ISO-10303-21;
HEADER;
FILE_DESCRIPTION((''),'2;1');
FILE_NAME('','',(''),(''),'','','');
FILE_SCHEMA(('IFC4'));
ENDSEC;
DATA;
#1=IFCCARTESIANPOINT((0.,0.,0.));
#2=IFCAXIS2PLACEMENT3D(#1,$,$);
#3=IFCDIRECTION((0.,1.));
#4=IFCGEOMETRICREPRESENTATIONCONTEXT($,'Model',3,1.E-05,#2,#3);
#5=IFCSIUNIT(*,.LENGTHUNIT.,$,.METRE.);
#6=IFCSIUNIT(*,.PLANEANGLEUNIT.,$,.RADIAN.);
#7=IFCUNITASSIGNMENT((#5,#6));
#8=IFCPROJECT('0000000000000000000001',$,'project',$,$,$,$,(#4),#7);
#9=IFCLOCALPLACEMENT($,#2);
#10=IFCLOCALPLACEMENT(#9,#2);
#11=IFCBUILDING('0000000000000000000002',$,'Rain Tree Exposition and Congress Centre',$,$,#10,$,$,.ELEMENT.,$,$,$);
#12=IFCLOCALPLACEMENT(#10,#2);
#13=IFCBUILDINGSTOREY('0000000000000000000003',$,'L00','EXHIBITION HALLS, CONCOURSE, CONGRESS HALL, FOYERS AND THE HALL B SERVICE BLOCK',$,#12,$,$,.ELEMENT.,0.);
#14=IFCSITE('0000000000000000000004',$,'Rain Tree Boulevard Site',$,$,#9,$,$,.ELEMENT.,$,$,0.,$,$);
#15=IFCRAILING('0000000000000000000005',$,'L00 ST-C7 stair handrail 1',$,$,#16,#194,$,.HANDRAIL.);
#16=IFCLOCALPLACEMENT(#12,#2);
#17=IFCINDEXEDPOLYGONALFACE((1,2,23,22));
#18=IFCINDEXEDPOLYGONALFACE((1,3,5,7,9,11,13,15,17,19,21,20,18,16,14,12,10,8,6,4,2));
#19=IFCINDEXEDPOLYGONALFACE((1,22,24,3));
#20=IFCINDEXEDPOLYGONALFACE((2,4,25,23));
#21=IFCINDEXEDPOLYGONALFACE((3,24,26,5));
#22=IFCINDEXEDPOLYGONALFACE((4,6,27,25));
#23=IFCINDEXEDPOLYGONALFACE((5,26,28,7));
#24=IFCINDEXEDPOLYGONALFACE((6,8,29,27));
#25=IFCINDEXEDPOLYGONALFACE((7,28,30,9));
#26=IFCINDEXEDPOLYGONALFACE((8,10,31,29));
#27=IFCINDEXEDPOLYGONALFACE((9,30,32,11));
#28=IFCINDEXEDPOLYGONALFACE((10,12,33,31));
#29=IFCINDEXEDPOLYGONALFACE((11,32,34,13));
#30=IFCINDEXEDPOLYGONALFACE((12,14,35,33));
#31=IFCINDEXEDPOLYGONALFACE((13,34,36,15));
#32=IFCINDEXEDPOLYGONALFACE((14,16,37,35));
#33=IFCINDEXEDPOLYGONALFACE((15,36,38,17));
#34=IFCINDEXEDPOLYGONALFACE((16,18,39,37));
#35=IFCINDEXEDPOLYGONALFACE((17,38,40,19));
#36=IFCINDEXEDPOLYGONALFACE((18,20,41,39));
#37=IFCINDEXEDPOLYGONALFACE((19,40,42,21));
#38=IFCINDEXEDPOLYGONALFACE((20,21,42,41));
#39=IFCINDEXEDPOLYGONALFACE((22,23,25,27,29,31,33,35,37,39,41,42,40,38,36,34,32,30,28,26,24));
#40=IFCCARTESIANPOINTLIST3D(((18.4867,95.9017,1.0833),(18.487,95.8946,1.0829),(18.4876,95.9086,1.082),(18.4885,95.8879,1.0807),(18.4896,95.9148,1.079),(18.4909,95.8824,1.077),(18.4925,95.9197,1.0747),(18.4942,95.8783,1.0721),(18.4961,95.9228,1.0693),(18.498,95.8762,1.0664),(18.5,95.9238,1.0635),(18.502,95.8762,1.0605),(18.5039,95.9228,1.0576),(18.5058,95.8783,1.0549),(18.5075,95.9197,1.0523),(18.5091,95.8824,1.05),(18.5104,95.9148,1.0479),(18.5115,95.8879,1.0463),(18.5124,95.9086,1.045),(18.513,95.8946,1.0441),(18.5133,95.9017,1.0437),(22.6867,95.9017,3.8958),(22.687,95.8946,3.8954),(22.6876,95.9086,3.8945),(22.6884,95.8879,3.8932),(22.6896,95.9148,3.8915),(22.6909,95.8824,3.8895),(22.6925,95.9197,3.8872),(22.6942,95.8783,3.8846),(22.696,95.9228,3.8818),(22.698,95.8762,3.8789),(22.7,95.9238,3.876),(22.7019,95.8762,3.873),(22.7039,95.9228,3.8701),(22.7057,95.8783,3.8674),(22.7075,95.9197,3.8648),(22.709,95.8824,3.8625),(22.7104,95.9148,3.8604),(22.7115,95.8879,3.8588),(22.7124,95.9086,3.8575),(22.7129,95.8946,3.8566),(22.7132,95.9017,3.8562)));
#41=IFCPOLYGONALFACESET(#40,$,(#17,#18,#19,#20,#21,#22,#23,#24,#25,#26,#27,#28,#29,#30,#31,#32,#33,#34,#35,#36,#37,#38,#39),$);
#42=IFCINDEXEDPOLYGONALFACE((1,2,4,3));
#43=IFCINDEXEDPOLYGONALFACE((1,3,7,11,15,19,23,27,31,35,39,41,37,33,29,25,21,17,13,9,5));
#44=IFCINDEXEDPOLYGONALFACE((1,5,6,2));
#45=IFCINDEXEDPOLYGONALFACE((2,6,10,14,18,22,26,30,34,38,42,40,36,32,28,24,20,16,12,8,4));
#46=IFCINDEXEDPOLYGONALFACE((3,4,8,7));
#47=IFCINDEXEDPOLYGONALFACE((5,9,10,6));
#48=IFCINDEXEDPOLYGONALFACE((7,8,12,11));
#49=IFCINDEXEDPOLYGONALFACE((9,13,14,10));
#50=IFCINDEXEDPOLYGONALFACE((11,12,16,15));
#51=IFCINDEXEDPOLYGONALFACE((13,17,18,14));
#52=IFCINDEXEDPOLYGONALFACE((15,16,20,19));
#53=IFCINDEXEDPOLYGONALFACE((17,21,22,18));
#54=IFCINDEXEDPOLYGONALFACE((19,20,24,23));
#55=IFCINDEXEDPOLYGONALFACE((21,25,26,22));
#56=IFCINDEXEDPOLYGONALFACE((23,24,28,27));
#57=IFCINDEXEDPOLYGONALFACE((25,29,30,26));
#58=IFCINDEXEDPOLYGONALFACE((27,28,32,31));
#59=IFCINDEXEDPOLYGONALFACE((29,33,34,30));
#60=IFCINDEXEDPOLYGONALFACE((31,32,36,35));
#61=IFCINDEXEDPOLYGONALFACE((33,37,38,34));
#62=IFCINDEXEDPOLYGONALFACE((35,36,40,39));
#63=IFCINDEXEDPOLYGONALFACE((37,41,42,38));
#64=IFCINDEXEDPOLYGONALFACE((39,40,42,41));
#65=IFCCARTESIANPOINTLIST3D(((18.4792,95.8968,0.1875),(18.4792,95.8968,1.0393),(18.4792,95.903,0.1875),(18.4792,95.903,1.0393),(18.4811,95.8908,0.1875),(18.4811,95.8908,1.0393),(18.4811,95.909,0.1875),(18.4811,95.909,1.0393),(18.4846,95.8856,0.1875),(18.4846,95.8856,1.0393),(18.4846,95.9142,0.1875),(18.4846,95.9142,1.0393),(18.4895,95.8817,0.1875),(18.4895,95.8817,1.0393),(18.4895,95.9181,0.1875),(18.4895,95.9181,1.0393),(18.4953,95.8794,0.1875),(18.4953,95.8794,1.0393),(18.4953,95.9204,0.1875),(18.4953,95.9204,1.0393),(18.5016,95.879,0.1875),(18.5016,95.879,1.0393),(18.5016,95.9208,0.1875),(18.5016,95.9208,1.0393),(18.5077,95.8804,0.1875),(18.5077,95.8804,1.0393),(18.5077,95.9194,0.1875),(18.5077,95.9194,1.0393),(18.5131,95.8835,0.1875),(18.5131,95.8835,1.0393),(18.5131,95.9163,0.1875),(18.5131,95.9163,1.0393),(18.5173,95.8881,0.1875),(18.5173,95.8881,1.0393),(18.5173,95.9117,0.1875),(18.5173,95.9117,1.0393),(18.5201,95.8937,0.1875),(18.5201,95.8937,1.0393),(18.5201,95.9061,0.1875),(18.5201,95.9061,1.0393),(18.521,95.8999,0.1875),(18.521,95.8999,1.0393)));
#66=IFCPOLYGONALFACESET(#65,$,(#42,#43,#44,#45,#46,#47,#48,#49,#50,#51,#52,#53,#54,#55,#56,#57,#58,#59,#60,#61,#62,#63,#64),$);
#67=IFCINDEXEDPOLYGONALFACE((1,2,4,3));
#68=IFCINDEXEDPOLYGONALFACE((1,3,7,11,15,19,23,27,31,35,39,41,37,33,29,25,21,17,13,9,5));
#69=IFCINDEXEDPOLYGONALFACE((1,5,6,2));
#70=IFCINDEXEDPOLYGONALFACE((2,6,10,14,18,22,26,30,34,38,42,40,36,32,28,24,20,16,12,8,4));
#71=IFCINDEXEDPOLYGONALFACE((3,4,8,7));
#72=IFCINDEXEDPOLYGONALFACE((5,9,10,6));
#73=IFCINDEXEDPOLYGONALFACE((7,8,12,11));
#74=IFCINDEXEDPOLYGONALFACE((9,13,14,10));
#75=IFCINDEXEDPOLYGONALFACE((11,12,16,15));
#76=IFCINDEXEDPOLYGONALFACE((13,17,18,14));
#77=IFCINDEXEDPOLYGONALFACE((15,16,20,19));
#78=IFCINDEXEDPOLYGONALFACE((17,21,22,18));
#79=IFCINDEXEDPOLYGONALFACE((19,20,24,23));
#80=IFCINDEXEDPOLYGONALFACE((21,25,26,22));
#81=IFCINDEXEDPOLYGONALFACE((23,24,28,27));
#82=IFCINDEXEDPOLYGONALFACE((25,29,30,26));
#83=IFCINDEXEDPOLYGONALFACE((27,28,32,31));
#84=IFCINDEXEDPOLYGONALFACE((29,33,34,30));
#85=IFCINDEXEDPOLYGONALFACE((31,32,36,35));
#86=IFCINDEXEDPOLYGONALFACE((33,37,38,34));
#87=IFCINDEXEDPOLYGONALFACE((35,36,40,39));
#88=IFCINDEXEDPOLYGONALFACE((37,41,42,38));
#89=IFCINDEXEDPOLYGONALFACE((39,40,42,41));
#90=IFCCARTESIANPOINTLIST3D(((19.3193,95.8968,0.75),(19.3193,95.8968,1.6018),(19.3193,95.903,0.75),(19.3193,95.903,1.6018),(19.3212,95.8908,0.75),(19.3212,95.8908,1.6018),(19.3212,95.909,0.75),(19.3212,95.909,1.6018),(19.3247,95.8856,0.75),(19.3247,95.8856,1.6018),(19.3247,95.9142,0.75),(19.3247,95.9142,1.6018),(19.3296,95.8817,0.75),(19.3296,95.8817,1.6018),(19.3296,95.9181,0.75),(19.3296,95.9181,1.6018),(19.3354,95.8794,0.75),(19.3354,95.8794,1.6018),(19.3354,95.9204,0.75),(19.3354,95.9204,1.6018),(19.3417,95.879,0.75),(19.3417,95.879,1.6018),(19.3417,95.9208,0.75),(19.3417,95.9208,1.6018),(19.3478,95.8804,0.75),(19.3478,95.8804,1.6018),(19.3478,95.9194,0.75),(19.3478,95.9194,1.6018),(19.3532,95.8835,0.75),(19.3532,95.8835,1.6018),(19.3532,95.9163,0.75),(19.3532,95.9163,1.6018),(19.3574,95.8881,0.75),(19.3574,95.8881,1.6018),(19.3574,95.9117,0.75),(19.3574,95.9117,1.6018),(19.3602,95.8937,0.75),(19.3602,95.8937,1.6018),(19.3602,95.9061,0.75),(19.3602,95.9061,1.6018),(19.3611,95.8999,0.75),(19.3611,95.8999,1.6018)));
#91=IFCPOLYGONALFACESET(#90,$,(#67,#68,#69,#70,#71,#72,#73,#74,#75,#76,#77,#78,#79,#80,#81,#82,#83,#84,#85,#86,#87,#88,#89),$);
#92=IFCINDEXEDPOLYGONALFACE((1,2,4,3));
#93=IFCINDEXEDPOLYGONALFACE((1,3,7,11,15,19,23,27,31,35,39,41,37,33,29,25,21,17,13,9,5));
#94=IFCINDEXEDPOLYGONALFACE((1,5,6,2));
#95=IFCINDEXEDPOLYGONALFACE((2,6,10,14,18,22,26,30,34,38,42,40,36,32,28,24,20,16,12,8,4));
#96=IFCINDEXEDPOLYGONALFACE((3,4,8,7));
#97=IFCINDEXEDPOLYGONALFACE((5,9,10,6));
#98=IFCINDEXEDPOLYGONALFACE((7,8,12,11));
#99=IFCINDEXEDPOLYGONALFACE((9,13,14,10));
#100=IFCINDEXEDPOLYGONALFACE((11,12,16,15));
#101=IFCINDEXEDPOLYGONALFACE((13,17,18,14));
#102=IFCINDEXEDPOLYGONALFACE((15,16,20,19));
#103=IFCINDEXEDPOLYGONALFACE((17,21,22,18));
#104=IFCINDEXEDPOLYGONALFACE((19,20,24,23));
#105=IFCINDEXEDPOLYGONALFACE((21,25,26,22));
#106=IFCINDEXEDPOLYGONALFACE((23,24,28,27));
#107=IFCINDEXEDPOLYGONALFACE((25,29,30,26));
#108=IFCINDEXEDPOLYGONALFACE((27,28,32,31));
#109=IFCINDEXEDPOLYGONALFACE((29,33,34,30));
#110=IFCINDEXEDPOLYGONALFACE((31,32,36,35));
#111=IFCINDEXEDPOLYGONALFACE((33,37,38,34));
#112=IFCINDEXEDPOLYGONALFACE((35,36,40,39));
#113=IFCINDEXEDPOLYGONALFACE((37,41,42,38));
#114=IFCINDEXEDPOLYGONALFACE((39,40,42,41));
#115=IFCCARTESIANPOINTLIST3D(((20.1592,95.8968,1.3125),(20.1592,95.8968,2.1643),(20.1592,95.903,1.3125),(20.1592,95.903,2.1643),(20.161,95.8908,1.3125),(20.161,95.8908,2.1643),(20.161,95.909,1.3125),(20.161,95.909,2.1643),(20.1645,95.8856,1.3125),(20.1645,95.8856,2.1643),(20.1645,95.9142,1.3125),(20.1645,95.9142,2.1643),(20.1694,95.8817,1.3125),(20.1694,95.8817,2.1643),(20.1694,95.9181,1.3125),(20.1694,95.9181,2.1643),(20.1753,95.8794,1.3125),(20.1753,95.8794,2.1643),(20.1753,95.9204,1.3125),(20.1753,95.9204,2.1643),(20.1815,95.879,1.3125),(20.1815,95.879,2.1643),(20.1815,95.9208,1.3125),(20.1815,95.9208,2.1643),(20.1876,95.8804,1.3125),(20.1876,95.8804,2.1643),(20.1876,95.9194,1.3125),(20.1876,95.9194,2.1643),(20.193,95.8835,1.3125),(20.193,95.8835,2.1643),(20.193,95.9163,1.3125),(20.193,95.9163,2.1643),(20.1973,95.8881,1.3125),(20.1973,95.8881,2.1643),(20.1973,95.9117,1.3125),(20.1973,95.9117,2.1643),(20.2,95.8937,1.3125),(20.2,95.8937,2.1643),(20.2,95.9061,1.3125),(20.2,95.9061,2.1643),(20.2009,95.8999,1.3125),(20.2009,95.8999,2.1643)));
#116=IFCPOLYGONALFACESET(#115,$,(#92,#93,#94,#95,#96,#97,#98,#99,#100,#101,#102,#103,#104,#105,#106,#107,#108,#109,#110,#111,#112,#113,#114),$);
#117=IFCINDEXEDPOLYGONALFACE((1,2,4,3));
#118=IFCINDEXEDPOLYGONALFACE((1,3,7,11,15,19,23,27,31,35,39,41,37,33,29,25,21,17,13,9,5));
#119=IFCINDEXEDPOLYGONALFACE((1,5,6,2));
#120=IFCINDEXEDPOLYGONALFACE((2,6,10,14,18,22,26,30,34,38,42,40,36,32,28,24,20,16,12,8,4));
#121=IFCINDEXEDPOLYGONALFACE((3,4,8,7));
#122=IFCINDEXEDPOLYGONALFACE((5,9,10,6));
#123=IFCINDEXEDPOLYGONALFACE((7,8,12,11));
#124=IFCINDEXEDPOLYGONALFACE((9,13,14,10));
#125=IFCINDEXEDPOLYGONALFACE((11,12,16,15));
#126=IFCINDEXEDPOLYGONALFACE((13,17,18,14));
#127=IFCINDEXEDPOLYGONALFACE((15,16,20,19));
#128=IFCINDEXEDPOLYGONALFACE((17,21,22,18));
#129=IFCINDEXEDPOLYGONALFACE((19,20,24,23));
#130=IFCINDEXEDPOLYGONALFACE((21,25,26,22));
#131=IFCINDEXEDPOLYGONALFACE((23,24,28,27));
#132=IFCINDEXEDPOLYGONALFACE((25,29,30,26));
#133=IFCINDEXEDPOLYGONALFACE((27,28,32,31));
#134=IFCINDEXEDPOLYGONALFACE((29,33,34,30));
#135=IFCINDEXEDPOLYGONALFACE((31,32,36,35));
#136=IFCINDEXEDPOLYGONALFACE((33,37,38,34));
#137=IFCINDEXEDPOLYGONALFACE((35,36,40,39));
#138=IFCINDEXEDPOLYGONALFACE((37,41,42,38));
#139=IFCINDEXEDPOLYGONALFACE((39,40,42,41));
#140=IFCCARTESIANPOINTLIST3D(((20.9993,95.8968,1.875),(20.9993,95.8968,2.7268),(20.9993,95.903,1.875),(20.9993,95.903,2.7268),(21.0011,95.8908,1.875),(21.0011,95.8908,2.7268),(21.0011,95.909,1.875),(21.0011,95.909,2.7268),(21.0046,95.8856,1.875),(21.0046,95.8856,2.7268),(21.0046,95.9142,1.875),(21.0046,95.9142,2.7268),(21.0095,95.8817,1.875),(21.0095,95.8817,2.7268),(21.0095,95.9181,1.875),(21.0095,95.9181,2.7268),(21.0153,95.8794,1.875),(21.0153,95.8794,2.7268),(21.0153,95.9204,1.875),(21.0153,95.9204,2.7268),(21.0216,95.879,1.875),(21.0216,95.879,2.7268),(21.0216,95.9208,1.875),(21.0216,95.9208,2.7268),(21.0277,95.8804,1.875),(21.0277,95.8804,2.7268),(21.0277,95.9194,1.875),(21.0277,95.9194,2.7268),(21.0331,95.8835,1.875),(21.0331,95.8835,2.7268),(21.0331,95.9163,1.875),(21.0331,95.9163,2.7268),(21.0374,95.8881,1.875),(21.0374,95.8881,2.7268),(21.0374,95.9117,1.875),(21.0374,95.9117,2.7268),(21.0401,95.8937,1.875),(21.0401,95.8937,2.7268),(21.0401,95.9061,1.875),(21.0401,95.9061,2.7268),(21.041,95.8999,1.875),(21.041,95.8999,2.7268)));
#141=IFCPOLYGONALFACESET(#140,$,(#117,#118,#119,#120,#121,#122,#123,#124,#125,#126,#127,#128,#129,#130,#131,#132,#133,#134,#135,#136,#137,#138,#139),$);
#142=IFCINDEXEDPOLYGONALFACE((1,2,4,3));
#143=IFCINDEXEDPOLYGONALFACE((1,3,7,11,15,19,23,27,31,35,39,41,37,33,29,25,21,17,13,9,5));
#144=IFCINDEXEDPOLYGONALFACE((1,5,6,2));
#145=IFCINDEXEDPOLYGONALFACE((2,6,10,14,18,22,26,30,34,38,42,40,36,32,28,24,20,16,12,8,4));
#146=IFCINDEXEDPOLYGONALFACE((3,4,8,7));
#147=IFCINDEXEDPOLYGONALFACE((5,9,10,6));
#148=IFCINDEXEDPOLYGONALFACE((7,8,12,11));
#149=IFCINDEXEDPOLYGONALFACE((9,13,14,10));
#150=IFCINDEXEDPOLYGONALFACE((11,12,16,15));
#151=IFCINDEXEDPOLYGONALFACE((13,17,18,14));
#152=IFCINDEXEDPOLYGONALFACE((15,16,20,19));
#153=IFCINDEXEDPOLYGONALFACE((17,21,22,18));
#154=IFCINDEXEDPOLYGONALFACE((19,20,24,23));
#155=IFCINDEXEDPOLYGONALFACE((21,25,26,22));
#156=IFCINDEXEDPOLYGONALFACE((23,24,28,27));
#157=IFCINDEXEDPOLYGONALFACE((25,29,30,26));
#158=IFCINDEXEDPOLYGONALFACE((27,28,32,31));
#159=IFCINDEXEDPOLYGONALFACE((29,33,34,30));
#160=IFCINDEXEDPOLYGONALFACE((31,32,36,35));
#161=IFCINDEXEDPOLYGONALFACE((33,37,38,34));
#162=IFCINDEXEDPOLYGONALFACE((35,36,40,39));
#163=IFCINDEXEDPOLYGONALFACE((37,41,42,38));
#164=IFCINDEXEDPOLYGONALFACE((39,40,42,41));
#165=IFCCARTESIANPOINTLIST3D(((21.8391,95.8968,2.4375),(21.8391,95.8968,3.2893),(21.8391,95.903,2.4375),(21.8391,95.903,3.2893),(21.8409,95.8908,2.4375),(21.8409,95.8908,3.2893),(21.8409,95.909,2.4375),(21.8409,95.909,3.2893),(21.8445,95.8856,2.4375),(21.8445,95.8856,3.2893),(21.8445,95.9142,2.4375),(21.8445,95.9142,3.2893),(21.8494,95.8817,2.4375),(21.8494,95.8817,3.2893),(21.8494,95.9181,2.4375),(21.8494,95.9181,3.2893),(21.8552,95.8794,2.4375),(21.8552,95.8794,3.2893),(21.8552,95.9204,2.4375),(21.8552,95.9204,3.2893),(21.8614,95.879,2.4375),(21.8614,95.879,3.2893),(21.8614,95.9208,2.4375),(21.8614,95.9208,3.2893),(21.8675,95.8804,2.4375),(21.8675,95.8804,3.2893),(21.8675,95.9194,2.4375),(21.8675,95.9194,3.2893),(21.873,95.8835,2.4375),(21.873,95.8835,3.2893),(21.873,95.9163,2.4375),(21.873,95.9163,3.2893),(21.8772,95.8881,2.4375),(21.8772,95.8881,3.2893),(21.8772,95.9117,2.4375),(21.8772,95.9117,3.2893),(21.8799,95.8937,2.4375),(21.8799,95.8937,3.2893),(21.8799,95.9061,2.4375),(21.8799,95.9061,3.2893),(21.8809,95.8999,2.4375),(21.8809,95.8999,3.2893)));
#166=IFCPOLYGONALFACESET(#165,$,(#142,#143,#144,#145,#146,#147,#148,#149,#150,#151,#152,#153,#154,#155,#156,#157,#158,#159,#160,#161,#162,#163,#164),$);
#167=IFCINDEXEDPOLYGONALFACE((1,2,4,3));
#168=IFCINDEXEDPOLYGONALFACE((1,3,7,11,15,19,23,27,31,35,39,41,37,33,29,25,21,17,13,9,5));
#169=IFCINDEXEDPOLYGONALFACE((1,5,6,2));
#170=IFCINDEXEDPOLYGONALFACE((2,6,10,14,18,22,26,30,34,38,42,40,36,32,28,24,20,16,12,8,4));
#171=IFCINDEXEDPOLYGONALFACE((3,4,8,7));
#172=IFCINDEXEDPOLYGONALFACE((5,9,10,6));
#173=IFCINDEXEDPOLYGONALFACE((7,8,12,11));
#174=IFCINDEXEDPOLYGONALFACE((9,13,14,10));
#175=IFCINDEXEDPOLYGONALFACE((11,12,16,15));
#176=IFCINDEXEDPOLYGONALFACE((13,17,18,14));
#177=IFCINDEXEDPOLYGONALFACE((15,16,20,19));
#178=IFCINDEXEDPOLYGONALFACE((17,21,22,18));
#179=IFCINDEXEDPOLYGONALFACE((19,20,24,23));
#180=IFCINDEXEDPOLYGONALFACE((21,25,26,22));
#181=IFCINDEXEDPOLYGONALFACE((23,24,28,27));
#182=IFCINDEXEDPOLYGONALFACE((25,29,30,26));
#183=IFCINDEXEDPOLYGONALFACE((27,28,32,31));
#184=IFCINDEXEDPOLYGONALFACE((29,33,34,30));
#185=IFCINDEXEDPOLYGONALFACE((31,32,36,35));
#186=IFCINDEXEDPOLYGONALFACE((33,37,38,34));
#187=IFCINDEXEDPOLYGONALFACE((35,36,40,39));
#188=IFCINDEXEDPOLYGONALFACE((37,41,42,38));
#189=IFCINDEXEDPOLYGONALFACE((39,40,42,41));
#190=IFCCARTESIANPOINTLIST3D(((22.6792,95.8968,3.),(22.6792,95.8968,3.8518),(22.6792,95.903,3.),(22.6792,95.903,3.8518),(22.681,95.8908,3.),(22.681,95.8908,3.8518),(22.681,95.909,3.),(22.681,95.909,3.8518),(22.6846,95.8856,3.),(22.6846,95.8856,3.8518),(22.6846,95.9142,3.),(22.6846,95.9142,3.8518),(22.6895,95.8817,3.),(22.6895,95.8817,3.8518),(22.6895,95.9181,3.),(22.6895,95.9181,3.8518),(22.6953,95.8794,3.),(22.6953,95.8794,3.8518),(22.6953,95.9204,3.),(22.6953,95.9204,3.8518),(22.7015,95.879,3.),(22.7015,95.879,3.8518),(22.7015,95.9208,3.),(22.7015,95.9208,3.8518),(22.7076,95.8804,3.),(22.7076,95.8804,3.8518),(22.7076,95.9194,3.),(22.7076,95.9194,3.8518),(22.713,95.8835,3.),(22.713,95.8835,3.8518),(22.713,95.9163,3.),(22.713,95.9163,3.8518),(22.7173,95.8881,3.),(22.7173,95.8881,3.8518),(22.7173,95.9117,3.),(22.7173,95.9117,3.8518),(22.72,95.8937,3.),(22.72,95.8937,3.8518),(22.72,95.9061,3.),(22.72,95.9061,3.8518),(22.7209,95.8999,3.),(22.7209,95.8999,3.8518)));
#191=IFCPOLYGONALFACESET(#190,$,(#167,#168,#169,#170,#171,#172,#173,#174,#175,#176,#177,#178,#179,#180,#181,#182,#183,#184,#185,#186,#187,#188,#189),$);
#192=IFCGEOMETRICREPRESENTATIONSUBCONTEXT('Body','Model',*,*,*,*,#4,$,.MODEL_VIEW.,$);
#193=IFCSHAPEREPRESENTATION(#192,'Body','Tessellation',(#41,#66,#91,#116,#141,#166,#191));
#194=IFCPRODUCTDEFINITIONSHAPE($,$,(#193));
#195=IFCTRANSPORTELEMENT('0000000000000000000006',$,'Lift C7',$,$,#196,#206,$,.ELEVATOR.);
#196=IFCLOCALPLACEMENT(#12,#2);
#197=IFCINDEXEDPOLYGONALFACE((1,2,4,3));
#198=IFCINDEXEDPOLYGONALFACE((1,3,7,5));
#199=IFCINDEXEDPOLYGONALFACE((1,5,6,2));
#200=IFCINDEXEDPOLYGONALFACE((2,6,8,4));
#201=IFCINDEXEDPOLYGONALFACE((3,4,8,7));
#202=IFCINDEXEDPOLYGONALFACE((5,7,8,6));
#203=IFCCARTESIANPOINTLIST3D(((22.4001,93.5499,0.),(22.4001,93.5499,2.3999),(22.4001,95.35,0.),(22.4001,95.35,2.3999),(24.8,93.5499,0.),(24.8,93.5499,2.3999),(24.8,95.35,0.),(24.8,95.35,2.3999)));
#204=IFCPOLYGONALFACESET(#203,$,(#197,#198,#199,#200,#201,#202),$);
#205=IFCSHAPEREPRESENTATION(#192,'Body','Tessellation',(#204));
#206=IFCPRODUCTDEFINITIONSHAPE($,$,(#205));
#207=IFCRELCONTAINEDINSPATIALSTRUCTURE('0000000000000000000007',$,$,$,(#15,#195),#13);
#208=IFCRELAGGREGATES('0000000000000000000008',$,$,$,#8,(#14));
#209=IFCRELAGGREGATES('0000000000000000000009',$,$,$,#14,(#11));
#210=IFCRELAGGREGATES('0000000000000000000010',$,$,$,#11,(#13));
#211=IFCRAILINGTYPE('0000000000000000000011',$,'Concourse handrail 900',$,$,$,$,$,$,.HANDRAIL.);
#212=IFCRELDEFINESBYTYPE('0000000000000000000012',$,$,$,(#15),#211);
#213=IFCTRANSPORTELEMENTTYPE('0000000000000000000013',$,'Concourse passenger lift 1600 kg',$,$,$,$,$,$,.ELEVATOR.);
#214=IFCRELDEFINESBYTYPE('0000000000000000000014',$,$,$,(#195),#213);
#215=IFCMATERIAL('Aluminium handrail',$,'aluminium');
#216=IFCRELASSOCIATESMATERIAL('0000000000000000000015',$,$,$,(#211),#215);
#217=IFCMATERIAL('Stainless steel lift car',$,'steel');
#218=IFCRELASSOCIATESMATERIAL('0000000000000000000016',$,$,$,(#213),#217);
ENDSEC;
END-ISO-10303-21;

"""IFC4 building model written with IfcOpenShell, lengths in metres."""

from ifc_helpers import new_model, si_unit, direction, frame, origin, origin_2d, place, context, subcontext, project, spatial, rectangle, circle, extrude, material, type_object, element, save


model = new_model("IFC4")

# Units and contexts
model_context = context("Model", 3, precision=1e-05, world=origin(), true_north=direction((0.0, 1.0)))
body_context = subcontext(model_context, "Body", "Model", "MODEL_VIEW")
ifc_project = project(units=[si_unit("LENGTHUNIT", "METRE"), si_unit("PLANEANGLEUNIT", "RADIAN")], contexts=[model_context])

# Site, building, storey
site_placement = place(None, origin())
site = spatial("IfcSite", under=ifc_project, at=site_placement, Name="Rain Tree Boulevard Site", CompositionType="ELEMENT", RefElevation=0.0)
building_placement = place(site_placement, origin())
building = spatial("IfcBuilding", under=site, at=building_placement, Name="Rain Tree Exposition and Congress Centre", CompositionType="ELEMENT")
storey_placement = place(building_placement, origin())
storey = spatial("IfcBuildingStorey", under=building, at=storey_placement, Name="L00", Description="EXHIBITION HALLS, CONCOURSE, CONGRESS HALL, FOYERS AND THE HALL B SERVICE BLOCK", CompositionType="ELEMENT", Elevation=0.0)

# Railing
ifc_material_1 = material(Name="Aluminium handrail", Category="aluminium")
railing_type_1 = type_object("IfcRailingType", Name="Concourse handrail 900", PredefinedType="HANDRAIL", material=ifc_material_1)
railing_1_placement = place(storey_placement, frame((18.5, 95.8999, 0.1875)))
element("IfcRailing", 1, at=railing_1_placement, inside=storey, type_object=railing_type_1, Name="L00 ST-C7 stair handrail 1", PredefinedType="HANDRAIL", context=body_context, shape_type="SweptSolid", body=[
    extrude(circle(Radius=0.0239, at=origin_2d()), frame((0.0, 0.0, 0.876), z_axis=(0.830904, 0.0, 0.556416), x_axis=(0.0, 1.0, 0.0)), (0.0, 0.0, 1.0), 5.0547),
    extrude(circle(Radius=0.021, at=origin_2d()), origin(), (0.0, 0.0, 1.0), 0.8518),
    extrude(circle(Radius=0.021, at=origin_2d()), frame((0.8401, 0.0, 0.5625)), (0.0, 0.0, 1.0), 0.8518),
    extrude(circle(Radius=0.021, at=origin_2d()), frame((1.6799, 0.0, 1.125)), (0.0, 0.0, 1.0), 0.8518),
    extrude(circle(Radius=0.021, at=origin_2d()), frame((2.52, 0.0, 1.6875)), (0.0, 0.0, 1.0), 0.8518),
    extrude(circle(Radius=0.021, at=origin_2d()), frame((3.3599, 0.0, 2.25)), (0.0, 0.0, 1.0), 0.8518),
    extrude(circle(Radius=0.021, at=origin_2d()), frame((4.2, 0.0, 2.8125)), (0.0, 0.0, 1.0), 0.8518),
])

# Transport element
ifc_material_2 = material(Name="Stainless steel lift car", Category="steel")
transport_element_type = type_object("IfcTransportElementType", Name="Concourse passenger lift 1600 kg", PredefinedType="ELEVATOR", material=ifc_material_2)
transport_element_placement = place(storey_placement, frame((23.6001, 94.45, 0.0), z_axis=(0.0, 0.0, 1.0), x_axis=(1.0, 0.0, 0.0)))
element("IfcTransportElement", 2, at=transport_element_placement, inside=storey, type_object=transport_element_type, Name="Lift C7", PredefinedType="ELEVATOR", context=body_context, shape_type="SweptSolid", body=[
    extrude(rectangle(XDim=2.3999, YDim=1.8, at=origin_2d()), origin(), (0.0, 0.0, 1.0), 2.3999),
])

save(model, "model.ifc")
